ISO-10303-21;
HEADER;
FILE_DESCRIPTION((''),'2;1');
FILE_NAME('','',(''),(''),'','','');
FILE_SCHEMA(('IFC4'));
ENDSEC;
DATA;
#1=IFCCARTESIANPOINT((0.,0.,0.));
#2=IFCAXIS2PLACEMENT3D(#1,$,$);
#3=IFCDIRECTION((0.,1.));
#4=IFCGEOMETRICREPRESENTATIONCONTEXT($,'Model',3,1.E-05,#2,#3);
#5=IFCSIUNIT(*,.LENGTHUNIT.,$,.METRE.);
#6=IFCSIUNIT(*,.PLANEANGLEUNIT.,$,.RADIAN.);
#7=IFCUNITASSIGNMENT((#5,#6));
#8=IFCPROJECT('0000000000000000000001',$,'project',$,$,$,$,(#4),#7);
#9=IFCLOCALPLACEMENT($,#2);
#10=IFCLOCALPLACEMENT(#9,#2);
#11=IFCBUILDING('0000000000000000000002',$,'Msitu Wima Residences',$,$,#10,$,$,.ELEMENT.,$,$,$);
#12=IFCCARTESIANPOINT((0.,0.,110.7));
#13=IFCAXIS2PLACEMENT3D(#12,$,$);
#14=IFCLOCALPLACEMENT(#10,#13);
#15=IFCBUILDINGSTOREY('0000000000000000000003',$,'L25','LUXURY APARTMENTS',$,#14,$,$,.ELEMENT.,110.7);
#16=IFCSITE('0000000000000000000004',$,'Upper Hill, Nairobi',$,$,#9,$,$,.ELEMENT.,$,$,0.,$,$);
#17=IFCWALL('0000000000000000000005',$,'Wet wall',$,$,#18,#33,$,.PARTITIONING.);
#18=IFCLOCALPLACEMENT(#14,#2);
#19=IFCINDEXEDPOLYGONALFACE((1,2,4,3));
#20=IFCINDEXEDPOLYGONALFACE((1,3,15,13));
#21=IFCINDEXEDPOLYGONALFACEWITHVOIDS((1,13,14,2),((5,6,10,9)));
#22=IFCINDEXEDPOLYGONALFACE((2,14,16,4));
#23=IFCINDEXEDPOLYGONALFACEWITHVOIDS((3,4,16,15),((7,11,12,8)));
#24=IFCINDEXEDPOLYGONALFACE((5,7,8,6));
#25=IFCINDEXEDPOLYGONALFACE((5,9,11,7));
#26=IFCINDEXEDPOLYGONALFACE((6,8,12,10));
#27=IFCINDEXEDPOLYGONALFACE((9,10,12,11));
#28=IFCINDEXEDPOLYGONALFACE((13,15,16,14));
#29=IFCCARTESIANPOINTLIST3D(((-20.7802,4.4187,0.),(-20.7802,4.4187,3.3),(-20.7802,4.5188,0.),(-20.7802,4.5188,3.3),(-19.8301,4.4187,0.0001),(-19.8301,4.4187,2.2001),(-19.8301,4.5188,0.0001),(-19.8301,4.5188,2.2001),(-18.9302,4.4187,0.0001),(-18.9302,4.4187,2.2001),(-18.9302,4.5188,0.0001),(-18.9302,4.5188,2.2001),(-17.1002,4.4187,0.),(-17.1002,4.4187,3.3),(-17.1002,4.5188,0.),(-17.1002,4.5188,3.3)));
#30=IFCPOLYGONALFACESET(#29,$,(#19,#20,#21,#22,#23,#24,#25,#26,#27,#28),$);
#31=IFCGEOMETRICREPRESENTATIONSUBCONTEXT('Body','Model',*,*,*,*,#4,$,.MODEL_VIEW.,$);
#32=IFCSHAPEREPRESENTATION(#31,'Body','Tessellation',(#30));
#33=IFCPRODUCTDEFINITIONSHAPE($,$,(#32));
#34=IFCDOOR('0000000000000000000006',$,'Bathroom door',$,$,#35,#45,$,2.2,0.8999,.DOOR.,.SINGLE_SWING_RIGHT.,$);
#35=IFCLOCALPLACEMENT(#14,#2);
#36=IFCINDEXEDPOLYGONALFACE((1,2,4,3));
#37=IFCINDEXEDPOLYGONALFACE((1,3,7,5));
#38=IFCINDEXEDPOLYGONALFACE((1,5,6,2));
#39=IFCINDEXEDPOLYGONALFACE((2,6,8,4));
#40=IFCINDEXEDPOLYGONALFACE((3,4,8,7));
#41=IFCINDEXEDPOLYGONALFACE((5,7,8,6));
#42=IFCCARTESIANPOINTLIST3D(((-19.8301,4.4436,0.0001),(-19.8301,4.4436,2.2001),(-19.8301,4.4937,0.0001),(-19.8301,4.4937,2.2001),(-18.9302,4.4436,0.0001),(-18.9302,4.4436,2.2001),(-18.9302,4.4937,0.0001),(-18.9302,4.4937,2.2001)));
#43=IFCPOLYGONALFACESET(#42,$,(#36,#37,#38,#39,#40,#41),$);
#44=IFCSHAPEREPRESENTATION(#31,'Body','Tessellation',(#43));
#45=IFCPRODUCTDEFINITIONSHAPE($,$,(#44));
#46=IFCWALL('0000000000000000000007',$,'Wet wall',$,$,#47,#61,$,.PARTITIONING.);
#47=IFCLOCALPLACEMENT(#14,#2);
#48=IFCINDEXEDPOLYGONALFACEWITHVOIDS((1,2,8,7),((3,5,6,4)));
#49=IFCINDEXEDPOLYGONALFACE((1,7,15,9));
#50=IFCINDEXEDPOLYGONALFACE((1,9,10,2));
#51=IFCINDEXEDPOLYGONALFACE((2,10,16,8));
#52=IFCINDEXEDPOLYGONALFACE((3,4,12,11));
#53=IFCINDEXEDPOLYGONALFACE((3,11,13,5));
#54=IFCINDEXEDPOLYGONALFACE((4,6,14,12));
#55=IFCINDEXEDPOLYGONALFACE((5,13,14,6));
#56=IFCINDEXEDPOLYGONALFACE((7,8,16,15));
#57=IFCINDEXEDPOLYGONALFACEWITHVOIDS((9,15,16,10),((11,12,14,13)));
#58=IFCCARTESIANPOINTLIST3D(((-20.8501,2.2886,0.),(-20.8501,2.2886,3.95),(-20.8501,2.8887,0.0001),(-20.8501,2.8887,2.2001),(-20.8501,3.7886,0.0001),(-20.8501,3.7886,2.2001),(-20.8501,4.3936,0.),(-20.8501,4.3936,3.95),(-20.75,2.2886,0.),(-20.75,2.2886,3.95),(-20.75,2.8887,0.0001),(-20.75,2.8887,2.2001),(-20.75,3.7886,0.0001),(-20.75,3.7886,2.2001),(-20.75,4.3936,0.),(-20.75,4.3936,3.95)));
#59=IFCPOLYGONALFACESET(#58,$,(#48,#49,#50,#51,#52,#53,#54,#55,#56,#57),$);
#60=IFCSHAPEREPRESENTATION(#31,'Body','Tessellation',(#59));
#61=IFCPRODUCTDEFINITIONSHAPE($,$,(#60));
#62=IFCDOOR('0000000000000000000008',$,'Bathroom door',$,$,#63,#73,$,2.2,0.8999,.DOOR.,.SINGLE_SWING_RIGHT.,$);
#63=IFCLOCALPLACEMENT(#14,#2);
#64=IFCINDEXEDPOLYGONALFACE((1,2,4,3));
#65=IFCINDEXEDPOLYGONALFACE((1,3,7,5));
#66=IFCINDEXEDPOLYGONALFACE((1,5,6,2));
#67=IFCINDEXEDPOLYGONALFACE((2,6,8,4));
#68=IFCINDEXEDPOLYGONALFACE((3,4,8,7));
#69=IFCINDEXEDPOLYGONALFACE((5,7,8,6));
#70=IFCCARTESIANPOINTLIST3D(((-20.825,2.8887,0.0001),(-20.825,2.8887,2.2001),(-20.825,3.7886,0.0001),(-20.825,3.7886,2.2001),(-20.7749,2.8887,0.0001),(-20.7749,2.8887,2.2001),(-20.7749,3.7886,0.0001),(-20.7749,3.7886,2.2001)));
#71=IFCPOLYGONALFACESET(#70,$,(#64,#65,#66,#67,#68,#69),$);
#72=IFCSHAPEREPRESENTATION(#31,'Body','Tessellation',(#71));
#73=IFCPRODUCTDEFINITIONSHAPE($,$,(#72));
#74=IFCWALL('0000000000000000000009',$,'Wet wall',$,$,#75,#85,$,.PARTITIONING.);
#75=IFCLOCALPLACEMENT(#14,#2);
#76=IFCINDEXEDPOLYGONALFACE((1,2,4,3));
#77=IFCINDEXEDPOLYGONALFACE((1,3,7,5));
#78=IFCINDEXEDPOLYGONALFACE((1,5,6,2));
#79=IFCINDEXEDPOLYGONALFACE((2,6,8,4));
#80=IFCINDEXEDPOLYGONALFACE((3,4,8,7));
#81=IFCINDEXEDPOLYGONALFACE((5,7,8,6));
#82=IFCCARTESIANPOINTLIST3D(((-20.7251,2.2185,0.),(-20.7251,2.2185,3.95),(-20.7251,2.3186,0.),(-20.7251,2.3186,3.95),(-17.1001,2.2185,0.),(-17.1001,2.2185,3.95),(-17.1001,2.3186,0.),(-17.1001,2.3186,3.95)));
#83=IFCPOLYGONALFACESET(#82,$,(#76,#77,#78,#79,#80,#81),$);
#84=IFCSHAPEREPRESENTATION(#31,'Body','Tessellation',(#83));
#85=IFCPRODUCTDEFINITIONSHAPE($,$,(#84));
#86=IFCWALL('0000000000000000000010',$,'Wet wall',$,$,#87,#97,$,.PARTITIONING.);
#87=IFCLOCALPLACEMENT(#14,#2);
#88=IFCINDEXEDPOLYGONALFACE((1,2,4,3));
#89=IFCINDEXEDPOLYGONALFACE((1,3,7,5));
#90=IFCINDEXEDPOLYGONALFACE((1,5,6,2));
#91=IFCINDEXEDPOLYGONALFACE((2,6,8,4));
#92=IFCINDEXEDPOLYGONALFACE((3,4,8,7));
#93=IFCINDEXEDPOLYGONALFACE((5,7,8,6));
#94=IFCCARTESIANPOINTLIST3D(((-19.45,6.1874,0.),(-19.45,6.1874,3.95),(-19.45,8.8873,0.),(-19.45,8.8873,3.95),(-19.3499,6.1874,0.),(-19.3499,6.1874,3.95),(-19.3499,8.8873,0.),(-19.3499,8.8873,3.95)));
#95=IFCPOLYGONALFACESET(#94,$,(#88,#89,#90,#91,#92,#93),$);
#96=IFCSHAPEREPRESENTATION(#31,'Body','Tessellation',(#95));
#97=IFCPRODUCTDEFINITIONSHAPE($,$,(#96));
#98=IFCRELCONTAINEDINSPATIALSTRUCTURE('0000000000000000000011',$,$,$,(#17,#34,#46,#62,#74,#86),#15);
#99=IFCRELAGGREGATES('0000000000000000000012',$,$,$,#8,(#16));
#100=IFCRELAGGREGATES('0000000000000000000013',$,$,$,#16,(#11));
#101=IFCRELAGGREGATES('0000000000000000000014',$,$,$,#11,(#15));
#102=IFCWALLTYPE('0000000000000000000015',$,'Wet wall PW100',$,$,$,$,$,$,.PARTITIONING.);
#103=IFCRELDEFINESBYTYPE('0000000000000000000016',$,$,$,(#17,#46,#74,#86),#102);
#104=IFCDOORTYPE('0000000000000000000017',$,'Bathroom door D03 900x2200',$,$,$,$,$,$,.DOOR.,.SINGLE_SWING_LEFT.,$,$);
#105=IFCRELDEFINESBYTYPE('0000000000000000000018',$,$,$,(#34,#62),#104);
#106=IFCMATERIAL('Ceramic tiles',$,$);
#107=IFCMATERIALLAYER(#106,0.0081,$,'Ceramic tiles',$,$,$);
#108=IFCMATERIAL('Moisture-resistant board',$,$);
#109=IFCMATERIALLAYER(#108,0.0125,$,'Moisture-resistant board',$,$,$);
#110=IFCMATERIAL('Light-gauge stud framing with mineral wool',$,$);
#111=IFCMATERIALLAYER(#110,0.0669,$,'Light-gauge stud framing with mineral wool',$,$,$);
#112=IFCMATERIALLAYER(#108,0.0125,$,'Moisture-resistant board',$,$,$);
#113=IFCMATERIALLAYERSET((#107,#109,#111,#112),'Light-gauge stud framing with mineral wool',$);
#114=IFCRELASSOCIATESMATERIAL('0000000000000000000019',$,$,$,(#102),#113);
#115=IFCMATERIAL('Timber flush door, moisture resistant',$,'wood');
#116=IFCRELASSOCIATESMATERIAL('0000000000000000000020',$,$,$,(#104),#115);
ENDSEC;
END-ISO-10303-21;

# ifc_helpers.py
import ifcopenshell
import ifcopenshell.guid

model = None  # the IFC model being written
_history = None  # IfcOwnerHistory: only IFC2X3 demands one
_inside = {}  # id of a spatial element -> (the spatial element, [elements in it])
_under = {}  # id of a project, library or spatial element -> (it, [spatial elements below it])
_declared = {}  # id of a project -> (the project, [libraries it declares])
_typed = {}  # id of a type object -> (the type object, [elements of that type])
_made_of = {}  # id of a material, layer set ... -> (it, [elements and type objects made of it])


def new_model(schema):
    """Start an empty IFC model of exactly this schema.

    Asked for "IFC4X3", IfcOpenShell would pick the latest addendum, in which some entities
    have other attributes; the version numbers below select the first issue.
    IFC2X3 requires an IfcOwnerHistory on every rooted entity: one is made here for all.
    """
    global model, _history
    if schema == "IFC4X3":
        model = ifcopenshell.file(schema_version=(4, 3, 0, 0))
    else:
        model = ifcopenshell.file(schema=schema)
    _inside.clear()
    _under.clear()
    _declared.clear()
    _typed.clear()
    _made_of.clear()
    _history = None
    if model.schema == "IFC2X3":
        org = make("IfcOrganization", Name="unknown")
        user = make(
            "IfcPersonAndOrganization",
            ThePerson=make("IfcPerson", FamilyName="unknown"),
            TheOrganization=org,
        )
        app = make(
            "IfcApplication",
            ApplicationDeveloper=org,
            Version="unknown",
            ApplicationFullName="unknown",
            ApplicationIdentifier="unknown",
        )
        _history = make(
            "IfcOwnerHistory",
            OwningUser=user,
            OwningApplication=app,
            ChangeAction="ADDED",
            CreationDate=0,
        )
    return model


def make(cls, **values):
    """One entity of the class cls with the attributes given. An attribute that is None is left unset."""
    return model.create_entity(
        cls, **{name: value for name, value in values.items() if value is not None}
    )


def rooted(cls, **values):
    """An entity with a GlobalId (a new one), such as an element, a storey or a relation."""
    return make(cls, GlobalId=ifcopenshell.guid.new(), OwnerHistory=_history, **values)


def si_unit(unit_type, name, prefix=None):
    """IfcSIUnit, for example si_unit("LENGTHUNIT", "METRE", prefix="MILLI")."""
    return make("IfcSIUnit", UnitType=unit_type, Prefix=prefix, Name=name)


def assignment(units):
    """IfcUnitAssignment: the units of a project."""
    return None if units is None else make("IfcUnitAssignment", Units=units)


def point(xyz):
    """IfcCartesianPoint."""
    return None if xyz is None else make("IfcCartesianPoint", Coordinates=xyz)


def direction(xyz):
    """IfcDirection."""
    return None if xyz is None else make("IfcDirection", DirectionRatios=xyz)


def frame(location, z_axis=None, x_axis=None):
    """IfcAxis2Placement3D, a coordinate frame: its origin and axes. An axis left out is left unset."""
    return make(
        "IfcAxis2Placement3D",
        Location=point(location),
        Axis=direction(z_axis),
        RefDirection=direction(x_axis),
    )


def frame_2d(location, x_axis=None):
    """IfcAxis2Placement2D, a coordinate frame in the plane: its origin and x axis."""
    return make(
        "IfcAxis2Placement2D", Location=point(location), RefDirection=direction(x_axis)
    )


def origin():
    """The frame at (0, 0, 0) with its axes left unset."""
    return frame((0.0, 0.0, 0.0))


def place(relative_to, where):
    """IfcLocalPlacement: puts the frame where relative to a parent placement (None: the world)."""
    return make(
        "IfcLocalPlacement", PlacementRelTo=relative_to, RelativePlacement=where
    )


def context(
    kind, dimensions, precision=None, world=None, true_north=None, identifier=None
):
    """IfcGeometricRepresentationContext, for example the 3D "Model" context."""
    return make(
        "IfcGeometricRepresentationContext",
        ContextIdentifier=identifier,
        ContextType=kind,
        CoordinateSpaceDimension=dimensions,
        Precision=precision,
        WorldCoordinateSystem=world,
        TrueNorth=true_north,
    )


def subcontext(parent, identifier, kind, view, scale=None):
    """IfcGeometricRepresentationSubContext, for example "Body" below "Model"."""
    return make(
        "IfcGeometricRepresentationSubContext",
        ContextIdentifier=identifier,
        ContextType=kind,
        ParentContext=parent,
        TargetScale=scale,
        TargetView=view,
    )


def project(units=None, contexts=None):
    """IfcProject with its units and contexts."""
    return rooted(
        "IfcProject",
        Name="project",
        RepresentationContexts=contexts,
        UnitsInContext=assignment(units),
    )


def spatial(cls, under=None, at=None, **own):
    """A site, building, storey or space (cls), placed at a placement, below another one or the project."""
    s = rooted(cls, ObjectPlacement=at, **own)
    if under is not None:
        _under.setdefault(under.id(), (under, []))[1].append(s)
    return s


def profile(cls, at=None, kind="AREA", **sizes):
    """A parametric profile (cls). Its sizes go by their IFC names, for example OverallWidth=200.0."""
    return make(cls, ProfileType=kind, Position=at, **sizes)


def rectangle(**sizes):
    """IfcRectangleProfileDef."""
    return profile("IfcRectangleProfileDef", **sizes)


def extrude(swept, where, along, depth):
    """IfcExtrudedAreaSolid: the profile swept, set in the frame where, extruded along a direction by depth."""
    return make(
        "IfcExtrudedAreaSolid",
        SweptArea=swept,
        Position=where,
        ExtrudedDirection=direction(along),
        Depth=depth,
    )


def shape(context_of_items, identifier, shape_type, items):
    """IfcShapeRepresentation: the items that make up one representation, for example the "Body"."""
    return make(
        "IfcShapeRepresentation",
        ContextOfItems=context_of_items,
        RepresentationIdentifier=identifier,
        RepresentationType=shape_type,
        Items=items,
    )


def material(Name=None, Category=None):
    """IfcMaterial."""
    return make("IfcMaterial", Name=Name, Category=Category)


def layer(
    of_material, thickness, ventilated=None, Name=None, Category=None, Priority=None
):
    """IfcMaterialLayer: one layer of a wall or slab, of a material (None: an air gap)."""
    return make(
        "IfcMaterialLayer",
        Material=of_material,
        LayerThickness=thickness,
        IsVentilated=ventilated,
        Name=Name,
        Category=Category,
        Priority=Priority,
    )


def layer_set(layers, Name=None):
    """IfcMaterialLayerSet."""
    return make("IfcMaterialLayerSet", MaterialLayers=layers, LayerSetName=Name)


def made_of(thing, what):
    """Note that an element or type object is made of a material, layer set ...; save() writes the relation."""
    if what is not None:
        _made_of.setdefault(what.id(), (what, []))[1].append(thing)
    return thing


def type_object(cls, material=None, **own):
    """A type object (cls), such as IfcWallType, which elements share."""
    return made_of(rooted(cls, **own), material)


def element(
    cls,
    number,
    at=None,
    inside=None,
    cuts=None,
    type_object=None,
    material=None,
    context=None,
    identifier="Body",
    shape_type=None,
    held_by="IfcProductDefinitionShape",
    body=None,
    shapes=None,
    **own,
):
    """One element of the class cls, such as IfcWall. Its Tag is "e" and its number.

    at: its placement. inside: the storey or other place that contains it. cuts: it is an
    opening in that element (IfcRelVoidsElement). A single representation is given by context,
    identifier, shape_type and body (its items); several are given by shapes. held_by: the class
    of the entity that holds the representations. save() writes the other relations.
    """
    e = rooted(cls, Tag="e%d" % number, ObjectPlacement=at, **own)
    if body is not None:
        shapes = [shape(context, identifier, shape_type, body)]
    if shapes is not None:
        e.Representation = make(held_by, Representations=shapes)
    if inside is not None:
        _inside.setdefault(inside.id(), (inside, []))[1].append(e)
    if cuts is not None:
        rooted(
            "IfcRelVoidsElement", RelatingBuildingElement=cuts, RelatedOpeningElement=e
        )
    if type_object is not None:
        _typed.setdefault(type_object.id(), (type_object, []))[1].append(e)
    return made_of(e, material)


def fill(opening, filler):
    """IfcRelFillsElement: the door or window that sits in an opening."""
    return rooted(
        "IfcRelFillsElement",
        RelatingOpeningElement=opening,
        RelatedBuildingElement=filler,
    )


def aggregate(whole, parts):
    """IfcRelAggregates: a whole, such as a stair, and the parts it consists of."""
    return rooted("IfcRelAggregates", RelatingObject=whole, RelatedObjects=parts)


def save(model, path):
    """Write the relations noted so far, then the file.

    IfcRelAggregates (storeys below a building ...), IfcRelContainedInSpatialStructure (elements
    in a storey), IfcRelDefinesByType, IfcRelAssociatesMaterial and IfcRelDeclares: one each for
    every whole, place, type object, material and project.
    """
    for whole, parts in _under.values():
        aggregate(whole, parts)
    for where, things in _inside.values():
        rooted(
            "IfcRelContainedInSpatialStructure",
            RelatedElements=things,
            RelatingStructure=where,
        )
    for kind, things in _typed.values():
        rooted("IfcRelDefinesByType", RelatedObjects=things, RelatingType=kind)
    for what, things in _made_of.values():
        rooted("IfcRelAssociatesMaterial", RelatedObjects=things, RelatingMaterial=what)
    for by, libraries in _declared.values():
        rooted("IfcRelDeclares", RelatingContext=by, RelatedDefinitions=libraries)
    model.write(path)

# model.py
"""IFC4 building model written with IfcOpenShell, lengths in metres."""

from ifc_helpers import new_model, si_unit, direction, frame, frame_2d, origin, place, context, subcontext, project, spatial, rectangle, extrude, material, layer, layer_set, type_object, element, fill, save


model = new_model("IFC4")

# Units and contexts
model_context = context("Model", 3, precision=1e-05, world=origin(), true_north=direction((0.0, 1.0)))
body_context = subcontext(model_context, "Body", "Model", "MODEL_VIEW")
ifc_project = project(units=[si_unit("LENGTHUNIT", "METRE"), si_unit("PLANEANGLEUNIT", "RADIAN")], contexts=[model_context])

# Site, building, storey
site_placement = place(None, origin())
site = spatial("IfcSite", under=ifc_project, at=site_placement, Name="Upper Hill, Nairobi", CompositionType="ELEMENT", RefElevation=0.0)
building_placement = place(site_placement, origin())
building = spatial("IfcBuilding", under=site, at=building_placement, Name="Msitu Wima Residences", CompositionType="ELEMENT")
storey_placement = place(building_placement, frame((0.0, 0.0, 110.7)))
storey = spatial("IfcBuildingStorey", under=building, at=storey_placement, Name="L25", Description="LUXURY APARTMENTS", CompositionType="ELEMENT", Elevation=110.7)

# Shared definitions
ifc_material_1 = material(Name="Ceramic tiles")
ifc_layer_1 = layer(ifc_material_1, 0.0081, Name="Ceramic tiles")
ifc_material_2 = material(Name="Moisture-resistant board")
ifc_layer_2 = layer(ifc_material_2, 0.0125, Name="Moisture-resistant board")
ifc_material_3 = material(Name="Light-gauge stud framing with mineral wool")
ifc_layer_3 = layer(ifc_material_3, 0.0669, Name="Light-gauge stud framing with mineral wool")
ifc_layer_4 = layer(ifc_material_2, 0.0125, Name="Moisture-resistant board")
ifc_layer_set_1 = layer_set([ifc_layer_1, ifc_layer_2, ifc_layer_3, ifc_layer_4], Name="Light-gauge stud framing with mineral wool")
wall_type_1 = type_object("IfcWallType", Name="Wet wall PW100", PredefinedType="PARTITIONING", material=ifc_layer_set_1)

# Shared definitions
ifc_material_4 = material(Name="Timber flush door, moisture resistant", Category="wood")
door_type_1 = type_object("IfcDoorType", Name="Bathroom door D03 900x2200", OperationType="SINGLE_SWING_LEFT", PredefinedType="DOOR", material=ifc_material_4)

# Walls, openings, doors
wall_1_placement = place(storey_placement, frame((-20.78, 4.4688, 0.0), z_axis=(0.0, 0.0, 1.0), x_axis=(1.0, 0.0, 0.0)))
wall_1 = element("IfcWall", 1, at=wall_1_placement, inside=storey, type_object=wall_type_1, Name="Wet wall", PredefinedType="PARTITIONING", context=body_context, shape_type="SweptSolid", body=[
    extrude(rectangle(XDim=3.6799, YDim=0.1001, at=frame_2d((1.8398, 0.0))), origin(), (0.0, 0.0, 1.0), 3.3),
])
opening_1_placement = place(wall_1_placement, frame((0.95, 0.0, 0.0)))
opening_1 = element("IfcOpeningElement", 2, at=opening_1_placement, cuts=wall_1, PredefinedType="OPENING", context=body_context, shape_type="SweptSolid", body=[
    extrude(rectangle(XDim=0.8999, YDim=2.2, at=frame_2d((0.45, 1.1001))), frame((0.0, 0.0601, 0.0), z_axis=(0.0, -1.0, 0.0), x_axis=(1.0, 0.0, 0.0)), (0.0, 0.0, 1.0), 0.1201),
])
door_1_placement = place(opening_1_placement, origin())
door_1 = element("IfcDoor", 3, at=door_1_placement, inside=storey, type_object=door_type_1, Name="Bathroom door", OperationType="SINGLE_SWING_RIGHT", OverallHeight=2.2, OverallWidth=0.8999, PredefinedType="DOOR", context=body_context, shape_type="SweptSolid", body=[
    extrude(rectangle(XDim=0.8999, YDim=2.2, at=frame_2d((0.45, 1.1001))), frame((0.0, 0.0249, 0.0), z_axis=(0.0, -1.0, 0.0), x_axis=(1.0, 0.0, 0.0)), (0.0, 0.0, 1.0), 0.05),
])
fill(opening_1, door_1)
wall_2_placement = place(storey_placement, frame((-20.8, 2.2886, 0.0), z_axis=(0.0, 0.0, 1.0), x_axis=(0.0, 1.0, 0.0)))
wall_2 = element("IfcWall", 4, at=wall_2_placement, inside=storey, type_object=wall_type_1, Name="Wet wall", PredefinedType="PARTITIONING", context=body_context, shape_type="SweptSolid", body=[
    extrude(rectangle(XDim=2.105, YDim=0.1001, at=frame_2d((1.0525, 0.0))), origin(), (0.0, 0.0, 1.0), 3.95),
])
opening_2_placement = place(wall_2_placement, frame((0.6001, 0.0, 0.0)))
opening_2 = element("IfcOpeningElement", 5, at=opening_2_placement, cuts=wall_2, PredefinedType="OPENING", context=body_context, shape_type="SweptSolid", body=[
    extrude(rectangle(XDim=0.8999, YDim=2.2, at=frame_2d((0.45, 1.1001))), frame((0.0, 0.0601, 0.0), z_axis=(0.0, -1.0, 0.0), x_axis=(1.0, 0.0, 0.0)), (0.0, 0.0, 1.0), 0.1201),
])
door_2_placement = place(opening_2_placement, origin())
door_2 = element("IfcDoor", 6, at=door_2_placement, inside=storey, type_object=door_type_1, Name="Bathroom door", OperationType="SINGLE_SWING_RIGHT", OverallHeight=2.2, OverallWidth=0.8999, PredefinedType="DOOR", context=body_context, shape_type="SweptSolid", body=[
    extrude(rectangle(XDim=0.8999, YDim=2.2, at=frame_2d((0.45, 1.1001))), frame((0.0, 0.0249, 0.0), z_axis=(0.0, -1.0, 0.0), x_axis=(1.0, 0.0, 0.0)), (0.0, 0.0, 1.0), 0.05),
])
fill(opening_2, door_2)

# Walls
wall_3_placement = place(storey_placement, frame((-20.7251, 2.2686, 0.0), z_axis=(0.0, 0.0, 1.0), x_axis=(1.0, 0.0, 0.0)))
element("IfcWall", 7, at=wall_3_placement, inside=storey, type_object=wall_type_1, Name="Wet wall", PredefinedType="PARTITIONING", context=body_context, shape_type="SweptSolid", body=[
    extrude(rectangle(XDim=3.625, YDim=0.1001, at=frame_2d((1.8125, 0.0))), origin(), (0.0, 0.0, 1.0), 3.95),
])
wall_4_placement = place(storey_placement, frame((-19.3999, 6.1873, 0.0), z_axis=(0.0, 0.0, 1.0), x_axis=(0.0, 1.0, 0.0)))
element("IfcWall", 8, at=wall_4_placement, inside=storey, type_object=wall_type_1, Name="Wet wall", PredefinedType="PARTITIONING", context=body_context, shape_type="SweptSolid", body=[
    extrude(rectangle(XDim=2.7, YDim=0.1001, at=frame_2d((1.3501, 0.0))), origin(), (0.0, 0.0, 1.0), 3.95),
])

save(model, "model.ifc")
